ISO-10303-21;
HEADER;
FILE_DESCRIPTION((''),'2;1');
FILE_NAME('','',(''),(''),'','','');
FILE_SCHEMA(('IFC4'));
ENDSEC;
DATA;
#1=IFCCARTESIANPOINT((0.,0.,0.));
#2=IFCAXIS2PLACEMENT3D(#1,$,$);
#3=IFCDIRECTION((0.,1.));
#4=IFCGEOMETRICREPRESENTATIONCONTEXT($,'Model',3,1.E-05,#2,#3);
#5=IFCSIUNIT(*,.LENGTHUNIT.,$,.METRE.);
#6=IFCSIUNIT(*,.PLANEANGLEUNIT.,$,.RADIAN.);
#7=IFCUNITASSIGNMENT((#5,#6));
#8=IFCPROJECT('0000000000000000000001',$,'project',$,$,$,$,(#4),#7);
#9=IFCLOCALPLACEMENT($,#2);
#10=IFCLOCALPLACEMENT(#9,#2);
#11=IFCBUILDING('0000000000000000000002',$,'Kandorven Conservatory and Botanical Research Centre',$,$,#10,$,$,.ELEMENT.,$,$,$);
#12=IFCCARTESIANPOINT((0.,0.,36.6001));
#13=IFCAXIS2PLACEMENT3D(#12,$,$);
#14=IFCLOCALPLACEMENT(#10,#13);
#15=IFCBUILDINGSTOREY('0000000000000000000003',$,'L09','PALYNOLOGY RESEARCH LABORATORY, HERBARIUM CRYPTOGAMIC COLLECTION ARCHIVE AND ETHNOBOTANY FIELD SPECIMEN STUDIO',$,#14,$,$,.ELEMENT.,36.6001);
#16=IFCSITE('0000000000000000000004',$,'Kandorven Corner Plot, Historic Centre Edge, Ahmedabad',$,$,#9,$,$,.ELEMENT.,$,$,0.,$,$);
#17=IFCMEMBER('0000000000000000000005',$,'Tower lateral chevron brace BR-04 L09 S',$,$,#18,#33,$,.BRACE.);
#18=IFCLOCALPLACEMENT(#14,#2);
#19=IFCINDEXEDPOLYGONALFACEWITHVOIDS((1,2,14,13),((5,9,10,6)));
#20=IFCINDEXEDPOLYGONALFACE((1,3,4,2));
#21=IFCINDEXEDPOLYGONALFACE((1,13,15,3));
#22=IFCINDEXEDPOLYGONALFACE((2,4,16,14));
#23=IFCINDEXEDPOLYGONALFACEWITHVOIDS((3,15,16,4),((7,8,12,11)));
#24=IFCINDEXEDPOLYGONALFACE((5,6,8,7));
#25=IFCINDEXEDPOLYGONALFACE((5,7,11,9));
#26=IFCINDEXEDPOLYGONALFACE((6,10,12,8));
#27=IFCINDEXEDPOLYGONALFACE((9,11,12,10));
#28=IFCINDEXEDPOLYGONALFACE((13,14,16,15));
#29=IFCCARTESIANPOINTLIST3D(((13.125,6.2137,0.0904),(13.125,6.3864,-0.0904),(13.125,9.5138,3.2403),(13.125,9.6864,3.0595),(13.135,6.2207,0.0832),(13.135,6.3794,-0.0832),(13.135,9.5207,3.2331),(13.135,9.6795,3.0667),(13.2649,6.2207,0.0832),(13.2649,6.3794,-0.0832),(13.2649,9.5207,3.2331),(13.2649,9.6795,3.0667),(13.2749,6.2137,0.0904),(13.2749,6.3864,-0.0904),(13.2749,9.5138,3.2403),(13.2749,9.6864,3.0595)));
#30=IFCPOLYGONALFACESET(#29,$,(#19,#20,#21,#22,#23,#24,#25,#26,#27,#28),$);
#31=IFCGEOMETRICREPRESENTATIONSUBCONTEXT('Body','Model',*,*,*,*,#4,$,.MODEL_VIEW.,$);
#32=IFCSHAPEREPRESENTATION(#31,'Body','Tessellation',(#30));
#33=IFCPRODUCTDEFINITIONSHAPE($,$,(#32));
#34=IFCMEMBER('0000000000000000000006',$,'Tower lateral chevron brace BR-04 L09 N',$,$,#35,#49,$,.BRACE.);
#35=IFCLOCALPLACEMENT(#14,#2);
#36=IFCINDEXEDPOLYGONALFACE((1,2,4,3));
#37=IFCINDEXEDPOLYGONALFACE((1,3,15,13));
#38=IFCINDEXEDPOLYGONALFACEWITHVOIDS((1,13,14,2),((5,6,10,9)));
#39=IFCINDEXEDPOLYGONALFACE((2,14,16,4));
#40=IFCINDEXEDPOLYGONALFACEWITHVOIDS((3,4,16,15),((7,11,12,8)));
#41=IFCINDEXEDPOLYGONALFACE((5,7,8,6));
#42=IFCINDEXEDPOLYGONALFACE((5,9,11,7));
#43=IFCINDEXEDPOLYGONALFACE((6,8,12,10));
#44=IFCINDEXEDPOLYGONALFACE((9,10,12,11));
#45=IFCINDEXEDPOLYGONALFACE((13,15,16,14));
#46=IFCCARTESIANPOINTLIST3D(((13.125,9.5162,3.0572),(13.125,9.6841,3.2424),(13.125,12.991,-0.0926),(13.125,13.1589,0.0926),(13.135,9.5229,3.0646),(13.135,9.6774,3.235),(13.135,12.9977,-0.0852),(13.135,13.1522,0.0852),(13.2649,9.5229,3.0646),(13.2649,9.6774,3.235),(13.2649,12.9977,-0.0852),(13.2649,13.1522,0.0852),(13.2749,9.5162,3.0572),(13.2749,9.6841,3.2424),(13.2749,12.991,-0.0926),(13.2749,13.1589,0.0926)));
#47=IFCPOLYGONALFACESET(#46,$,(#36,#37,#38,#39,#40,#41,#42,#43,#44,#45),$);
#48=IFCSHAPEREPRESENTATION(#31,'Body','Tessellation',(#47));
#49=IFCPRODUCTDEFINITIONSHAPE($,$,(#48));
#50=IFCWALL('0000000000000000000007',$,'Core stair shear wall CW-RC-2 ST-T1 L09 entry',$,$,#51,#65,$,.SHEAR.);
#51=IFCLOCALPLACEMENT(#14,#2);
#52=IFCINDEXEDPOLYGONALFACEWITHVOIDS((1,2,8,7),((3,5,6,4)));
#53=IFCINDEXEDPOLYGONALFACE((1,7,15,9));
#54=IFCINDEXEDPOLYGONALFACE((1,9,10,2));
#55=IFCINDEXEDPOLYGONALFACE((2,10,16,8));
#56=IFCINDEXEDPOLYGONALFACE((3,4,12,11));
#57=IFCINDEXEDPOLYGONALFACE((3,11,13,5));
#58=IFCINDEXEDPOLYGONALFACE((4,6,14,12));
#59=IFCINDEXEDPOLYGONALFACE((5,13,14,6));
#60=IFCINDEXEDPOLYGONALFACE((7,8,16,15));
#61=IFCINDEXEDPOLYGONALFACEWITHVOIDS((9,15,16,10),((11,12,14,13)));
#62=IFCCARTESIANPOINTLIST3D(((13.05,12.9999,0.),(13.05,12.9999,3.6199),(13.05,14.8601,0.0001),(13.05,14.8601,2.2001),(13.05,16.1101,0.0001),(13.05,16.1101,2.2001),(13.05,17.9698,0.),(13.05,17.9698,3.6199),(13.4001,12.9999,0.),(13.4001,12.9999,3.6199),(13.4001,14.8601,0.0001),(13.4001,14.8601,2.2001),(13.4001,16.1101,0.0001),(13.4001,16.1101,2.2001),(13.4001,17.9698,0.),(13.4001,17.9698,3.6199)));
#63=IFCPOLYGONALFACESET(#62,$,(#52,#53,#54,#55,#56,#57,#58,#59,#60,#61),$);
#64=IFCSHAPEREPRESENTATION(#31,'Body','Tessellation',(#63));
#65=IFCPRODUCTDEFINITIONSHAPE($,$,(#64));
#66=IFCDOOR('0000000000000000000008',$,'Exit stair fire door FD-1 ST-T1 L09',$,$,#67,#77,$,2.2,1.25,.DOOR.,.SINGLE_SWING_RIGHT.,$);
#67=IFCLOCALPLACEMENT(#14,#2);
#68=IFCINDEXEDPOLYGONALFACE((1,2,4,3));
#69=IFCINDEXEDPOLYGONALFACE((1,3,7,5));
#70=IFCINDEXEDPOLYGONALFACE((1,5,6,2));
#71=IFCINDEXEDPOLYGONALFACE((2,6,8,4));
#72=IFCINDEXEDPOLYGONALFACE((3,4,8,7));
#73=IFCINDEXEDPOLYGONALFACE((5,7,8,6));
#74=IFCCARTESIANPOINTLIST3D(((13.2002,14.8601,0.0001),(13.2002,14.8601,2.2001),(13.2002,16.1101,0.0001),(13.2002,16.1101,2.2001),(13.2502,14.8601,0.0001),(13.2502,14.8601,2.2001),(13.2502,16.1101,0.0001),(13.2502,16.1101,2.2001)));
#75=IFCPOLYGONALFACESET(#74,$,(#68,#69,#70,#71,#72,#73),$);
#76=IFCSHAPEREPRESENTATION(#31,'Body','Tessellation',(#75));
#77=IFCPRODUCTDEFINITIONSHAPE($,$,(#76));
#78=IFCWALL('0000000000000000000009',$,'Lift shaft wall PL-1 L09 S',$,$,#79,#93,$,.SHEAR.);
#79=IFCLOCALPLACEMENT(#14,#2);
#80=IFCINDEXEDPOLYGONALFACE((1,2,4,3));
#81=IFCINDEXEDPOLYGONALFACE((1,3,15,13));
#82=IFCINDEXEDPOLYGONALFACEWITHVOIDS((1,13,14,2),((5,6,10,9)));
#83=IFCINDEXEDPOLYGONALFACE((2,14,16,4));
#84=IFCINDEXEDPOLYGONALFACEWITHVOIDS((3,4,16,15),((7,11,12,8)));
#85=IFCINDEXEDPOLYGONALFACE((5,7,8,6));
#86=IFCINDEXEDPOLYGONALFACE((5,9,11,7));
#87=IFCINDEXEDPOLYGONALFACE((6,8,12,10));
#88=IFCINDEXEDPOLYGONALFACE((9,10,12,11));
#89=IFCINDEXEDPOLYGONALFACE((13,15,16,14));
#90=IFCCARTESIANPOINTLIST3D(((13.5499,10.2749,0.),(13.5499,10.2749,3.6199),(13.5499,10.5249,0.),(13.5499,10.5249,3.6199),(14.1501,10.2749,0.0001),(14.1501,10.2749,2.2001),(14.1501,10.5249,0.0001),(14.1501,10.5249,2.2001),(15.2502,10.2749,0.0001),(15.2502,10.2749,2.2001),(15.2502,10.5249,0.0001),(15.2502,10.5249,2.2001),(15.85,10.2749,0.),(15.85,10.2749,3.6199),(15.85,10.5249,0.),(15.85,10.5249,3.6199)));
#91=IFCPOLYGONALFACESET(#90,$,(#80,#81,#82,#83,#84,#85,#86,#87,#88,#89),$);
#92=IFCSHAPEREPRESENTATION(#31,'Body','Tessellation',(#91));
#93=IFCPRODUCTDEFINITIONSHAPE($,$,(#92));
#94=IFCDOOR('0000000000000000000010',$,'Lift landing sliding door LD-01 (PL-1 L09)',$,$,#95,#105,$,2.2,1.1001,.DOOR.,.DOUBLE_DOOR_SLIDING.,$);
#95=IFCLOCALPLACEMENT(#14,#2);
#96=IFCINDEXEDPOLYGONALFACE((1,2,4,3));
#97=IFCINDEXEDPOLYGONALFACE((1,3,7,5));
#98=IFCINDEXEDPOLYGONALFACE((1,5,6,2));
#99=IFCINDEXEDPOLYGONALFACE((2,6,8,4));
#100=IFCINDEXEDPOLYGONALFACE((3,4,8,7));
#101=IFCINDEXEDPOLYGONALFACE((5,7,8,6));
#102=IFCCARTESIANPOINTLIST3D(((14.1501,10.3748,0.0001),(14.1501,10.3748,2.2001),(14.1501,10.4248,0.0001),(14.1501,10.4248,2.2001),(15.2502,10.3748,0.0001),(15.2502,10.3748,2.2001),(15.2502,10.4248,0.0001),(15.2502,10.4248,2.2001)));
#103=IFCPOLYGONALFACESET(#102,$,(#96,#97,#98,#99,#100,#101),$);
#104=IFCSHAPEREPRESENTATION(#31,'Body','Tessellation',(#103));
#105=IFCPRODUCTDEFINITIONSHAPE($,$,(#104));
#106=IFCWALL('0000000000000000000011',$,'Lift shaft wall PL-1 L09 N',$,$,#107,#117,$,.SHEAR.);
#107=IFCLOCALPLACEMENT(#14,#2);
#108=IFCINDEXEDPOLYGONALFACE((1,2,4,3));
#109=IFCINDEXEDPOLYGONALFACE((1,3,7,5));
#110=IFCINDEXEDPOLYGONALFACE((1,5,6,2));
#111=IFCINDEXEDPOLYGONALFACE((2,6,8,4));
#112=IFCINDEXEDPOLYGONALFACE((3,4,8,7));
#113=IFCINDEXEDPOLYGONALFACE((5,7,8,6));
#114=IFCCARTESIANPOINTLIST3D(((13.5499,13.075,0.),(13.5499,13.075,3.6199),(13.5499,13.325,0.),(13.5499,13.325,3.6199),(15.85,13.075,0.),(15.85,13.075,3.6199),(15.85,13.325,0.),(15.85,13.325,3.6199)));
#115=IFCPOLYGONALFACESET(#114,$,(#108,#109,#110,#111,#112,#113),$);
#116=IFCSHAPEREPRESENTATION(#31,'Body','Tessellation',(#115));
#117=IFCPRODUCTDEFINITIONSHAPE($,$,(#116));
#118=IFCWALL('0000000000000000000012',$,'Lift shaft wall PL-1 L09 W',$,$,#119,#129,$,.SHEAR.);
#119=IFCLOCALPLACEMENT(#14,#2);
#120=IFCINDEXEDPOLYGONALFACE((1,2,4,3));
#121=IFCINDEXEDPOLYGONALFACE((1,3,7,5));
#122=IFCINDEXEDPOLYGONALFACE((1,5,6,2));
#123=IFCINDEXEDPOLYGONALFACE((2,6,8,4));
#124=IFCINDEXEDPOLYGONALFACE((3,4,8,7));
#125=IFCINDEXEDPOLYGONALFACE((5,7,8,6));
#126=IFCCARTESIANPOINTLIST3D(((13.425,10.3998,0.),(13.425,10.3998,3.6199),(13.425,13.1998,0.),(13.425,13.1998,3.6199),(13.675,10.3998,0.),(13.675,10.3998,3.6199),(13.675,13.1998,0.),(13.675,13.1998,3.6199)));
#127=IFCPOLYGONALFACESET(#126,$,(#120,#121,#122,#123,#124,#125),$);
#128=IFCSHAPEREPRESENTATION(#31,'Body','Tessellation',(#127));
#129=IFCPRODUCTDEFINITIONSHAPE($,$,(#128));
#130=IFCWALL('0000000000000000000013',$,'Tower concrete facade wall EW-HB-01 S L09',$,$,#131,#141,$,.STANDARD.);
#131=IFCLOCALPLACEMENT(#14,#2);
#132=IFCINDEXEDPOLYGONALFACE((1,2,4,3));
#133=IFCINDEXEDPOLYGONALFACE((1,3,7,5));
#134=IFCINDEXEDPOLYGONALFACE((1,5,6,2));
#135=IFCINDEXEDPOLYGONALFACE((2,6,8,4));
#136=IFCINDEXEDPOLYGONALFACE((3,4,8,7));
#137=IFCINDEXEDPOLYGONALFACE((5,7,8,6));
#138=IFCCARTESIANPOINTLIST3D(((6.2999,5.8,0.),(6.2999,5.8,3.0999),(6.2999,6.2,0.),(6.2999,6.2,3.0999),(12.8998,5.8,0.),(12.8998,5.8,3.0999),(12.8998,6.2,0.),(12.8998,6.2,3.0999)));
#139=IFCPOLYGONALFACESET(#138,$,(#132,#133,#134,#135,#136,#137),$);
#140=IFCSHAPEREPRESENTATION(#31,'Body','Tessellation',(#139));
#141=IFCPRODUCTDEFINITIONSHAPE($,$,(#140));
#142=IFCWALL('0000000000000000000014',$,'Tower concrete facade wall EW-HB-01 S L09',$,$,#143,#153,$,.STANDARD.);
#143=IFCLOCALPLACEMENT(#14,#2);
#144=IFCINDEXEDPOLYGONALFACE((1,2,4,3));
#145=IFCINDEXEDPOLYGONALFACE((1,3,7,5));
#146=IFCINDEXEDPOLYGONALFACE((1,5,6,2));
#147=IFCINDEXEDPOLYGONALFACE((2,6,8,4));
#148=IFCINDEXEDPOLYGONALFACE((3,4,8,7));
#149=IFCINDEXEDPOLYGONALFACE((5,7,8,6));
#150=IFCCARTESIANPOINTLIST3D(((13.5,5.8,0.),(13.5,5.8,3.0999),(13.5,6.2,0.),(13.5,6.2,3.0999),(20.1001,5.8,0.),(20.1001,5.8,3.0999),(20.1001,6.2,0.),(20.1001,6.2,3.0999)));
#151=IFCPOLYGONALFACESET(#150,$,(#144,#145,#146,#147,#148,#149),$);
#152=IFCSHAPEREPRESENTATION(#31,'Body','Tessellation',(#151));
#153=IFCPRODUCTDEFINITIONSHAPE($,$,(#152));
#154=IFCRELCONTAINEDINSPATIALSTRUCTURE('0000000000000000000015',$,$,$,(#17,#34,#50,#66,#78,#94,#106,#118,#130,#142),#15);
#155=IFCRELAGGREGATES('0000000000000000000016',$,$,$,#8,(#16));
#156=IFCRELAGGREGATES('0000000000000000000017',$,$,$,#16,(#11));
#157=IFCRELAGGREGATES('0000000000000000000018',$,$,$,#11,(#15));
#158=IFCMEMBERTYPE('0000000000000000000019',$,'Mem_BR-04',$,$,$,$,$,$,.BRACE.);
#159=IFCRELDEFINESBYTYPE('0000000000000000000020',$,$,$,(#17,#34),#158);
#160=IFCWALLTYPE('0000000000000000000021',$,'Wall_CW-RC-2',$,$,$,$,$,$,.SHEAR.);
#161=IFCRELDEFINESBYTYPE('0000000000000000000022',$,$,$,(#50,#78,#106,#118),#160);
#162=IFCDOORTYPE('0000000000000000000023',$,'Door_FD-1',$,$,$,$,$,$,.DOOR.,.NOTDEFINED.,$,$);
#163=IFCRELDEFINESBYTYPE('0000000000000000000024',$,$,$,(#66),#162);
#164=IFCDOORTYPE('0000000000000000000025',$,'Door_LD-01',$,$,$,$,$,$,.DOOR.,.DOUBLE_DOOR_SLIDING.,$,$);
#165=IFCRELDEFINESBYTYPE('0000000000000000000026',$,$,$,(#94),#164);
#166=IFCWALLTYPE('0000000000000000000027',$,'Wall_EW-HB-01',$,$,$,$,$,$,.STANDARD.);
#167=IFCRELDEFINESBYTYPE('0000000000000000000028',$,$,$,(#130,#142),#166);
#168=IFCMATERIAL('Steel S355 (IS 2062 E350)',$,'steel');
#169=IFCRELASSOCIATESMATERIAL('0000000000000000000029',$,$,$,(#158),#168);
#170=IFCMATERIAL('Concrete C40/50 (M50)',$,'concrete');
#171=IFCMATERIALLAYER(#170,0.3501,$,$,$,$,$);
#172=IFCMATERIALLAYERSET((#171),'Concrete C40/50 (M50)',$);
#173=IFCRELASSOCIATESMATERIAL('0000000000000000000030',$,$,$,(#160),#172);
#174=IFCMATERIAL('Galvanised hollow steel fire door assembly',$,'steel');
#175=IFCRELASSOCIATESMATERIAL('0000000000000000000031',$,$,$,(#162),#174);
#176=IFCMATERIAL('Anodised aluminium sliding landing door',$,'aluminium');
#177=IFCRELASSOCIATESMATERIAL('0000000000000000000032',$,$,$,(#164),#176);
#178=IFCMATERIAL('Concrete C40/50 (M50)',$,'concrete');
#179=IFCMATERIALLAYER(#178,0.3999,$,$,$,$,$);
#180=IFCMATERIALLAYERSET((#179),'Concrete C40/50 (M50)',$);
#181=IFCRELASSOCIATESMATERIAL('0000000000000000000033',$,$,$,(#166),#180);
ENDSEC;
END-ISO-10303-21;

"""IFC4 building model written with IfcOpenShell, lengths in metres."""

from ifc_helpers import new_model, si_unit, direction, frame, frame_2d, origin, origin_2d, place, context, subcontext, project, spatial, rectangle, hollow_rectangle, extrude, material, layer, layer_set, material_profile, profile_set, type_object, element, fill, save


model = new_model("IFC4")

# Units and contexts
model_context = context("Model", 3, precision=1e-05, world=origin(), true_north=direction((0.0, 1.0)))
body_context = subcontext(model_context, "Body", "Model", "MODEL_VIEW")
ifc_project = project(units=[si_unit("LENGTHUNIT", "METRE"), si_unit("PLANEANGLEUNIT", "RADIAN")], contexts=[model_context])

# Site, building, storey
site_placement = place(None, origin())
site = spatial("IfcSite", under=ifc_project, at=site_placement, Name="Kandorven Corner Plot, Historic Centre Edge, Ahmedabad", CompositionType="ELEMENT", RefElevation=0.0)
building_placement = place(site_placement, origin())
building = spatial("IfcBuilding", under=site, at=building_placement, Name="Kandorven Conservatory and Botanical Research Centre", CompositionType="ELEMENT")
storey_placement = place(building_placement, frame((0.0, 0.0, 36.6001)))
storey = spatial("IfcBuildingStorey", under=building, at=storey_placement, Name="L09", Description="PALYNOLOGY RESEARCH LABORATORY, HERBARIUM CRYPTOGAMIC COLLECTION ARCHIVE AND ETHNOBOTANY FIELD SPECIMEN STUDIO", CompositionType="ELEMENT", Elevation=36.6001)

# Members
ifc_material_1 = material(Name="Steel S355 (IS 2062 E350)", Category="steel")
ifc_material_profile_1 = material_profile(ifc_material_1, hollow_rectangle(XDim=0.1499, YDim=0.25, WallThickness=0.01, at=origin_2d()))
ifc_profile_set_1 = profile_set([ifc_material_profile_1], Name="Steel S355 (IS 2062 E350)")
member_type_1 = type_object("IfcMemberType", Name="Mem_BR-04", PredefinedType="BRACE", material=ifc_profile_set_1)
member_1_placement = place(storey_placement, frame((13.2, 6.3, 0.0), z_axis=(0.0, 0.723371, 0.690459), x_axis=(-1.0, 0.0, 0.0)))
element("IfcMember", 1, at=member_1_placement, inside=storey, type_object=member_type_1, Name="Tower lateral chevron brace BR-04 L09 S", PredefinedType="BRACE", context=body_context, shape_type="SweptSolid", body=[
    extrude(hollow_rectangle(XDim=0.1499, YDim=0.25, WallThickness=0.01, at=origin_2d()), origin(), (0.0, 0.0, 1.0), 4.562),
])
member_2_placement = place(storey_placement, frame((13.2, 13.075, 0.0), z_axis=(0.0, -0.7409, 0.671615), x_axis=(1.0, 0.0, 0.0)))
element("IfcMember", 2, at=member_2_placement, inside=storey, type_object=member_type_1, Name="Tower lateral chevron brace BR-04 L09 N", PredefinedType="BRACE", context=body_context, shape_type="SweptSolid", body=[
    extrude(hollow_rectangle(XDim=0.1499, YDim=0.25, WallThickness=0.01, at=origin_2d()), origin(), (0.0, 0.0, 1.0), 4.6899),
])

# Walls, openings, doors
ifc_material_2 = material(Name="Concrete C40/50 (M50)", Category="concrete")
ifc_layer_1 = layer(ifc_material_2, 0.3501)
ifc_layer_set_1 = layer_set([ifc_layer_1], Name="Concrete C40/50 (M50)")
wall_type_1 = type_object("IfcWallType", Name="Wall_CW-RC-2", PredefinedType="SHEAR", material=ifc_layer_set_1)
wall_1_placement = place(storey_placement, frame((13.2251, 13.0, 0.0), z_axis=(0.0, 0.0, 1.0), x_axis=(0.0, 1.0, 0.0)))
wall_1 = element("IfcWall", 3, at=wall_1_placement, inside=storey, type_object=wall_type_1, Name="Core stair shear wall CW-RC-2 ST-T1 L09 entry", PredefinedType="SHEAR", context=body_context, shape_type="SweptSolid", body=[
    extrude(rectangle(XDim=4.97, YDim=0.3501, at=frame_2d((2.4849, 0.0))), origin(), (0.0, 0.0, 1.0), 3.6199),
])
opening_1_placement = place(wall_1_placement, frame((1.8601, 0.0, 0.0)))
opening_1 = element("IfcOpeningElement", 4, at=opening_1_placement, cuts=wall_1, PredefinedType="OPENING", context=body_context, shape_type="SweptSolid", body=[
    extrude(rectangle(XDim=1.25, YDim=2.2, at=frame_2d((0.625, 1.1001))), frame((0.0, 0.1851, 0.0), z_axis=(0.0, -1.0, 0.0), x_axis=(1.0, 0.0, 0.0)), (0.0, 0.0, 1.0), 0.3701),
])
ifc_material_3 = material(Name="Galvanised hollow steel fire door assembly", Category="steel")
door_type_1 = type_object("IfcDoorType", Name="Door_FD-1", OperationType="NOTDEFINED", PredefinedType="DOOR", material=ifc_material_3)
door_1_placement = place(opening_1_placement, origin())
door_1 = element("IfcDoor", 5, at=door_1_placement, inside=storey, type_object=door_type_1, Name="Exit stair fire door FD-1 ST-T1 L09", OperationType="SINGLE_SWING_RIGHT", OverallHeight=2.2, OverallWidth=1.25, PredefinedType="DOOR", context=body_context, shape_type="SweptSolid", body=[
    extrude(rectangle(XDim=1.25, YDim=2.2, at=frame_2d((0.625, 1.1001))), frame((0.0, 0.0249, 0.0), z_axis=(0.0, -1.0, 0.0), x_axis=(1.0, 0.0, 0.0)), (0.0, 0.0, 1.0), 0.05),
])
fill(opening_1, door_1)
wall_2_placement = place(storey_placement, frame((13.55, 10.3999, 0.0), z_axis=(0.0, 0.0, 1.0), x_axis=(1.0, 0.0, 0.0)))
wall_2 = element("IfcWall", 6, at=wall_2_placement, inside=storey, type_object=wall_type_1, Name="Lift shaft wall PL-1 L09 S", PredefinedType="SHEAR", context=body_context, shape_type="SweptSolid", body=[
    extrude(rectangle(XDim=2.3, YDim=0.25, at=frame_2d((1.1499, 0.0))), origin(), (0.0, 0.0, 1.0), 3.6199),
])
opening_2_placement = place(wall_2_placement, frame((0.6001, 0.0, 0.0)))
opening_2 = element("IfcOpeningElement", 7, at=opening_2_placement, cuts=wall_2, PredefinedType="OPENING", context=body_context, shape_type="SweptSolid", body=[
    extrude(rectangle(XDim=1.1001, YDim=2.2, at=frame_2d((0.55, 1.1001))), frame((0.0, 0.135, 0.0), z_axis=(0.0, -1.0, 0.0), x_axis=(1.0, 0.0, 0.0)), (0.0, 0.0, 1.0), 0.27),
])
ifc_material_4 = material(Name="Anodised aluminium sliding landing door", Category="aluminium")
door_type_2 = type_object("IfcDoorType", Name="Door_LD-01", OperationType="DOUBLE_DOOR_SLIDING", PredefinedType="DOOR", material=ifc_material_4)
door_2_placement = place(opening_2_placement, origin())
door_2 = element("IfcDoor", 8, at=door_2_placement, inside=storey, type_object=door_type_2, Name="Lift landing sliding door LD-01 (PL-1 L09)", OperationType="DOUBLE_DOOR_SLIDING", OverallHeight=2.2, OverallWidth=1.1001, PredefinedType="DOOR", context=body_context, shape_type="SweptSolid", body=[
    extrude(rectangle(XDim=1.1001, YDim=2.2, at=frame_2d((0.55, 1.1001))), frame((0.0, 0.0249, 0.0), z_axis=(0.0, -1.0, 0.0), x_axis=(1.0, 0.0, 0.0)), (0.0, 0.0, 1.0), 0.05),
])
fill(opening_2, door_2)

# Walls
wall_3_placement = place(storey_placement, frame((13.55, 13.2, 0.0), z_axis=(0.0, 0.0, 1.0), x_axis=(1.0, 0.0, 0.0)))
element("IfcWall", 9, at=wall_3_placement, inside=storey, type_object=wall_type_1, Name="Lift shaft wall PL-1 L09 N", PredefinedType="SHEAR", context=body_context, shape_type="SweptSolid", body=[
    extrude(rectangle(XDim=2.3, YDim=0.25, at=frame_2d((1.1499, 0.0))), origin(), (0.0, 0.0, 1.0), 3.6199),
])
wall_4_placement = place(storey_placement, frame((13.55, 10.3999, 0.0), z_axis=(0.0, 0.0, 1.0), x_axis=(0.0, 1.0, 0.0)))
element("IfcWall", 10, at=wall_4_placement, inside=storey, type_object=wall_type_1, Name="Lift shaft wall PL-1 L09 W", PredefinedType="SHEAR", context=body_context, shape_type="SweptSolid", body=[
    extrude(rectangle(XDim=2.8, YDim=0.25, at=frame_2d((1.3999, 0.0))), origin(), (0.0, 0.0, 1.0), 3.6199),
])
ifc_material_5 = material(Name="Concrete C40/50 (M50)", Category="concrete")
ifc_layer_2 = layer(ifc_material_5, 0.3999)
ifc_layer_set_2 = layer_set([ifc_layer_2], Name="Concrete C40/50 (M50)")
wall_type_2 = type_object("IfcWallType", Name="Wall_EW-HB-01", PredefinedType="STANDARD", material=ifc_layer_set_2)
wall_5_placement = place(storey_placement, frame((6.3, 6.0, 0.0), z_axis=(0.0, 0.0, 1.0), x_axis=(1.0, 0.0, 0.0)))
element("IfcWall", 11, at=wall_5_placement, inside=storey, type_object=wall_type_2, Name="Tower concrete facade wall EW-HB-01 S L09", PredefinedType="STANDARD", context=body_context, shape_type="SweptSolid", body=[
    extrude(rectangle(XDim=6.5999, YDim=0.3999, at=frame_2d((3.2998, 0.0))), origin(), (0.0, 0.0, 1.0), 3.0999),
])
wall_6_placement = place(storey_placement, frame((13.5, 6.0, 0.0), z_axis=(0.0, 0.0, 1.0), x_axis=(1.0, 0.0, 0.0)))
element("IfcWall", 12, at=wall_6_placement, inside=storey, type_object=wall_type_2, Name="Tower concrete facade wall EW-HB-01 S L09", PredefinedType="STANDARD", context=body_context, shape_type="SweptSolid", body=[
    extrude(rectangle(XDim=6.6001, YDim=0.3999, at=frame_2d((3.3, 0.0))), origin(), (0.0, 0.0, 1.0), 3.0999),
])

save(model, "model.ifc")
